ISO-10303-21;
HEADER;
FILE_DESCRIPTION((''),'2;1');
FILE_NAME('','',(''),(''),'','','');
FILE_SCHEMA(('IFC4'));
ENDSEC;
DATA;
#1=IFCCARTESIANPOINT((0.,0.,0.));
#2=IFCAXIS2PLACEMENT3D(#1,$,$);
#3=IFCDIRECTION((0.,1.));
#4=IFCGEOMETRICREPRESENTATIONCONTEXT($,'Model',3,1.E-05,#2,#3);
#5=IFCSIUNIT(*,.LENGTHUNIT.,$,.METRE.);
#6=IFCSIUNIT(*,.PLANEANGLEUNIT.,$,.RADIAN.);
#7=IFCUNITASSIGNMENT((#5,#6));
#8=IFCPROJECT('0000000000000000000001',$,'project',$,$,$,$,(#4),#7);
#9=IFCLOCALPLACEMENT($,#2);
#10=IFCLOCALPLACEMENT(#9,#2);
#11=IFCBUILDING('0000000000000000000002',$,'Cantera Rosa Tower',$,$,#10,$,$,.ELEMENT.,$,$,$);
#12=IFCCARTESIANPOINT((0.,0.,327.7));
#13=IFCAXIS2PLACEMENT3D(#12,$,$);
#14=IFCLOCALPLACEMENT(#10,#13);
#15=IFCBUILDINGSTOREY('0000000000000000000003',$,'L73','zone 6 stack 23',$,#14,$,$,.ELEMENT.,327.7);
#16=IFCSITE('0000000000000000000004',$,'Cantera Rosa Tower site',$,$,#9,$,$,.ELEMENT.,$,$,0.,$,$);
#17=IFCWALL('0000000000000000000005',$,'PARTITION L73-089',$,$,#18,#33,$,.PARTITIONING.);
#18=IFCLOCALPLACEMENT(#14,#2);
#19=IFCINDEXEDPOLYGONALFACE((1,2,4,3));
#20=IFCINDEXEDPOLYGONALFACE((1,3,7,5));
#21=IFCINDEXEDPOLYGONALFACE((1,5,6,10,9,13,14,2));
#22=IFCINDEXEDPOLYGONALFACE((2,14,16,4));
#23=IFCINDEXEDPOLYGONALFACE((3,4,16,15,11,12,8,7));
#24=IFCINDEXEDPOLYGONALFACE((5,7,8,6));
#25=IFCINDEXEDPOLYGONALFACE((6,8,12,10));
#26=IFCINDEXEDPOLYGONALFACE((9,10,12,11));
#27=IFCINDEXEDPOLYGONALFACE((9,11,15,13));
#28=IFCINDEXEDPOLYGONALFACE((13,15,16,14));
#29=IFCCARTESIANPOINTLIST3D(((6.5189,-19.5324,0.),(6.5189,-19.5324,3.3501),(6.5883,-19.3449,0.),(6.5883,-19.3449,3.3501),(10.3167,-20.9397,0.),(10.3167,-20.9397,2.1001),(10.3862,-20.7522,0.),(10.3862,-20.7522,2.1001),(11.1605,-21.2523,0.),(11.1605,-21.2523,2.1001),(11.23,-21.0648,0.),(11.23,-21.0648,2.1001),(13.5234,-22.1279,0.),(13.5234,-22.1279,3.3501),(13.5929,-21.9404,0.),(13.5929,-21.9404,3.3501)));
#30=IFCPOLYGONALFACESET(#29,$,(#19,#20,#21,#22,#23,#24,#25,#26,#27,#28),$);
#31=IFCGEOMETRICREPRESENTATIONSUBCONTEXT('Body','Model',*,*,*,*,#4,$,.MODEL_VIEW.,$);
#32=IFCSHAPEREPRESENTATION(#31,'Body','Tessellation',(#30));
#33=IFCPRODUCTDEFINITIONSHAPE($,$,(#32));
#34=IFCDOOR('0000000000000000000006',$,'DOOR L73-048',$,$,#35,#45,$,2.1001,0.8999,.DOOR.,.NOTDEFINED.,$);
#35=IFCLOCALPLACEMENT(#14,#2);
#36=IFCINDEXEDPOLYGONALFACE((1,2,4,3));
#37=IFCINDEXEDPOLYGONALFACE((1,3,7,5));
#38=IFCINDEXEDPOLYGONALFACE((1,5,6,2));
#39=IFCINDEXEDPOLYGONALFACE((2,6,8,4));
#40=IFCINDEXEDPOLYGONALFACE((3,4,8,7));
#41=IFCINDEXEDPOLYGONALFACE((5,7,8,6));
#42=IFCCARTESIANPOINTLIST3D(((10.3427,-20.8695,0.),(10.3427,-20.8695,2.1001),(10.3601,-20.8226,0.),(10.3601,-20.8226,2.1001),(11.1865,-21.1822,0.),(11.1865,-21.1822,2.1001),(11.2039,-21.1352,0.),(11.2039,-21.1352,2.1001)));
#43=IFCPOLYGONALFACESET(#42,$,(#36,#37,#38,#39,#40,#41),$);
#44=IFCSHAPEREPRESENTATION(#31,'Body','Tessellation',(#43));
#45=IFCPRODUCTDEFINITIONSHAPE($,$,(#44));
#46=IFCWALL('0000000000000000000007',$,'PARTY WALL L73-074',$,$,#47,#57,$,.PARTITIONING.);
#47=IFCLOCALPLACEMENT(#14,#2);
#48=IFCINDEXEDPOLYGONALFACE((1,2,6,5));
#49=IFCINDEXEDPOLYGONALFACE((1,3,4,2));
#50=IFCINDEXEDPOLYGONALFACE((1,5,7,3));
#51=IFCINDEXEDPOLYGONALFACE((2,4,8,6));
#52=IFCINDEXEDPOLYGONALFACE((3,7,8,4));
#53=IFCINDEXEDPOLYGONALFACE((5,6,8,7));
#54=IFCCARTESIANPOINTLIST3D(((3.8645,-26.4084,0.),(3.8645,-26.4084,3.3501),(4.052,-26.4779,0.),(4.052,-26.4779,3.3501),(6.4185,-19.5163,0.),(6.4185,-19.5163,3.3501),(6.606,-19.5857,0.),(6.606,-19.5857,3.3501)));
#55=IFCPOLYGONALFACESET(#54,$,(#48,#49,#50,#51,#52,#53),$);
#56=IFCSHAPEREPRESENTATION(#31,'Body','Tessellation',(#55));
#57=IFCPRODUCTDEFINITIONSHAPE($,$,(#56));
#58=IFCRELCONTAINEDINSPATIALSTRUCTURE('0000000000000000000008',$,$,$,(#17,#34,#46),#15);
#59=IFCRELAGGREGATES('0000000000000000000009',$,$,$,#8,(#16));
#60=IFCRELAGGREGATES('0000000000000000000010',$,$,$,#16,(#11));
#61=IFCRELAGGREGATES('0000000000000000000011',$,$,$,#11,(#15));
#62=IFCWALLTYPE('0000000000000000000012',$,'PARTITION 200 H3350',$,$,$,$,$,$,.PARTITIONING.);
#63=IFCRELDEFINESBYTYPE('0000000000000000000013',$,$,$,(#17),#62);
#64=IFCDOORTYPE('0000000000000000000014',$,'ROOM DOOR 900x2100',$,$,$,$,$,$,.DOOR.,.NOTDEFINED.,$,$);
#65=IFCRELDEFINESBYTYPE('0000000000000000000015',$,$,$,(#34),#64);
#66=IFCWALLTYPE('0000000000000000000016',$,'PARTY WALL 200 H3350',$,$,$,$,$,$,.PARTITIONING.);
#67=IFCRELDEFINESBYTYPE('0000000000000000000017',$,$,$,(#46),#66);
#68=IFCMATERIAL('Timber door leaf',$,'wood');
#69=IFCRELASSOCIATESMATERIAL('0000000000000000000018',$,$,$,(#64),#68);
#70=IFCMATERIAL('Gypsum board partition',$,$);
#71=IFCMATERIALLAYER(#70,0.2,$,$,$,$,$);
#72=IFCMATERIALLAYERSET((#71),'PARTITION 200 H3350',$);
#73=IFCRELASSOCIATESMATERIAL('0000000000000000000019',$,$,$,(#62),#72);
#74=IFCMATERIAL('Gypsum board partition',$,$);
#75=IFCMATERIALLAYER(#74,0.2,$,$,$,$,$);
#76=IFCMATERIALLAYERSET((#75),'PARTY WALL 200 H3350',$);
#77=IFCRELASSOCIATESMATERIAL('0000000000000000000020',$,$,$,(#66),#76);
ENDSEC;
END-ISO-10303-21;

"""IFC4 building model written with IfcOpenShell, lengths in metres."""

from ifc_helpers import new_model, si_unit, direction, frame, frame_2d, origin, place, context, subcontext, project, spatial, rectangle, extrude, material, layer, layer_set, type_object, element, fill, save


model = new_model("IFC4")

# Units and contexts
model_context = context("Model", 3, precision=1e-05, world=origin(), true_north=direction((0.0, 1.0)))
body_context = subcontext(model_context, "Body", "Model", "MODEL_VIEW")
ifc_project = project(units=[si_unit("LENGTHUNIT", "METRE"), si_unit("PLANEANGLEUNIT", "RADIAN")], contexts=[model_context])

# Site, building, storey
site_placement = place(None, origin())
site = spatial("IfcSite", under=ifc_project, at=site_placement, Name="Cantera Rosa Tower site", CompositionType="ELEMENT", RefElevation=0.0)
building_placement = place(site_placement, origin())
building = spatial("IfcBuilding", under=site, at=building_placement, Name="Cantera Rosa Tower", CompositionType="ELEMENT")
storey_placement = place(building_placement, frame((0.0, 0.0, 327.7)))
storey = spatial("IfcBuildingStorey", under=building, at=storey_placement, Name="L73", Description="zone 6 stack 23", CompositionType="ELEMENT", Elevation=327.7)

# Shared definitions
ifc_material_1 = material(Name="Timber door leaf", Category="wood")
door_type_1 = type_object("IfcDoorType", Name="ROOM DOOR 900x2100", OperationType="NOTDEFINED", PredefinedType="DOOR", material=ifc_material_1)
ifc_material_2 = material(Name="Gypsum board partition")
ifc_layer_1 = layer(ifc_material_2, 0.2)
ifc_layer_set_1 = layer_set([ifc_layer_1], Name="PARTITION 200 H3350")
wall_type_1 = type_object("IfcWallType", Name="PARTITION 200 H3350", PredefinedType="PARTITIONING", material=ifc_layer_set_1)

# Wall, opening, door
wall_1_placement = place(storey_placement, frame((6.5537, -19.4387, 0.0), z_axis=(0.0, 0.0, 1.0), x_axis=(0.937699, -0.34745, 0.0)))
wall_1 = element("IfcWall", 1, at=wall_1_placement, inside=storey, type_object=wall_type_1, Name="PARTITION L73-089", PredefinedType="PARTITIONING", context=body_context, shape_type="SweptSolid", body=[
    extrude(rectangle(XDim=7.47, YDim=0.2, at=frame_2d((3.7349, 0.0))), origin(), (0.0, 0.0, 1.0), 3.3501),
])
opening_1_placement = place(wall_1_placement, frame((4.05, 0.0, 0.0)))
opening_1 = element("IfcOpeningElement", 2, at=opening_1_placement, cuts=wall_1, PredefinedType="OPENING", context=body_context, shape_type="SweptSolid", body=[
    extrude(rectangle(XDim=0.8999, YDim=2.1001, at=frame_2d((0.45, 1.05))), frame((0.0, 0.1099, 0.0), z_axis=(0.0, -1.0, 0.0), x_axis=(1.0, 0.0, 0.0)), (0.0, 0.0, 1.0), 0.22),
])
door_1_placement = place(opening_1_placement, origin())
door_1 = element("IfcDoor", 3, at=door_1_placement, inside=storey, type_object=door_type_1, Name="DOOR L73-048", OperationType="NOTDEFINED", OverallHeight=2.1001, OverallWidth=0.8999, PredefinedType="DOOR", context=body_context, shape_type="SweptSolid", body=[
    extrude(rectangle(XDim=0.8999, YDim=2.1001, at=frame_2d((0.45, 1.05))), frame((0.0, 0.0249, 0.0), z_axis=(0.0, -1.0, 0.0), x_axis=(1.0, 0.0, 0.0)), (0.0, 0.0, 1.0), 0.05),
])
fill(opening_1, door_1)

# Wall
ifc_material_3 = material(Name="Gypsum board partition")
ifc_layer_2 = layer(ifc_material_3, 0.2)
ifc_layer_set_2 = layer_set([ifc_layer_2], Name="PARTY WALL 200 H3350")
wall_type_2 = type_object("IfcWallType", Name="PARTY WALL 200 H3350", PredefinedType="PARTITIONING", material=ifc_layer_set_2)
wall_2_placement = place(storey_placement, frame((3.9583, -26.4431, 0.0), z_axis=(0.0, 0.0, 1.0), x_axis=(0.347473, 0.93769, 0.0)))
element("IfcWall", 4, at=wall_2_placement, inside=storey, type_object=wall_type_2, Name="PARTY WALL L73-074", PredefinedType="PARTITIONING", context=body_context, shape_type="SweptSolid", body=[
    extrude(rectangle(XDim=7.3501, YDim=0.2, at=frame_2d((3.675, 0.0))), origin(), (0.0, 0.0, 1.0), 3.3501),
])

save(model, "model.ifc")
